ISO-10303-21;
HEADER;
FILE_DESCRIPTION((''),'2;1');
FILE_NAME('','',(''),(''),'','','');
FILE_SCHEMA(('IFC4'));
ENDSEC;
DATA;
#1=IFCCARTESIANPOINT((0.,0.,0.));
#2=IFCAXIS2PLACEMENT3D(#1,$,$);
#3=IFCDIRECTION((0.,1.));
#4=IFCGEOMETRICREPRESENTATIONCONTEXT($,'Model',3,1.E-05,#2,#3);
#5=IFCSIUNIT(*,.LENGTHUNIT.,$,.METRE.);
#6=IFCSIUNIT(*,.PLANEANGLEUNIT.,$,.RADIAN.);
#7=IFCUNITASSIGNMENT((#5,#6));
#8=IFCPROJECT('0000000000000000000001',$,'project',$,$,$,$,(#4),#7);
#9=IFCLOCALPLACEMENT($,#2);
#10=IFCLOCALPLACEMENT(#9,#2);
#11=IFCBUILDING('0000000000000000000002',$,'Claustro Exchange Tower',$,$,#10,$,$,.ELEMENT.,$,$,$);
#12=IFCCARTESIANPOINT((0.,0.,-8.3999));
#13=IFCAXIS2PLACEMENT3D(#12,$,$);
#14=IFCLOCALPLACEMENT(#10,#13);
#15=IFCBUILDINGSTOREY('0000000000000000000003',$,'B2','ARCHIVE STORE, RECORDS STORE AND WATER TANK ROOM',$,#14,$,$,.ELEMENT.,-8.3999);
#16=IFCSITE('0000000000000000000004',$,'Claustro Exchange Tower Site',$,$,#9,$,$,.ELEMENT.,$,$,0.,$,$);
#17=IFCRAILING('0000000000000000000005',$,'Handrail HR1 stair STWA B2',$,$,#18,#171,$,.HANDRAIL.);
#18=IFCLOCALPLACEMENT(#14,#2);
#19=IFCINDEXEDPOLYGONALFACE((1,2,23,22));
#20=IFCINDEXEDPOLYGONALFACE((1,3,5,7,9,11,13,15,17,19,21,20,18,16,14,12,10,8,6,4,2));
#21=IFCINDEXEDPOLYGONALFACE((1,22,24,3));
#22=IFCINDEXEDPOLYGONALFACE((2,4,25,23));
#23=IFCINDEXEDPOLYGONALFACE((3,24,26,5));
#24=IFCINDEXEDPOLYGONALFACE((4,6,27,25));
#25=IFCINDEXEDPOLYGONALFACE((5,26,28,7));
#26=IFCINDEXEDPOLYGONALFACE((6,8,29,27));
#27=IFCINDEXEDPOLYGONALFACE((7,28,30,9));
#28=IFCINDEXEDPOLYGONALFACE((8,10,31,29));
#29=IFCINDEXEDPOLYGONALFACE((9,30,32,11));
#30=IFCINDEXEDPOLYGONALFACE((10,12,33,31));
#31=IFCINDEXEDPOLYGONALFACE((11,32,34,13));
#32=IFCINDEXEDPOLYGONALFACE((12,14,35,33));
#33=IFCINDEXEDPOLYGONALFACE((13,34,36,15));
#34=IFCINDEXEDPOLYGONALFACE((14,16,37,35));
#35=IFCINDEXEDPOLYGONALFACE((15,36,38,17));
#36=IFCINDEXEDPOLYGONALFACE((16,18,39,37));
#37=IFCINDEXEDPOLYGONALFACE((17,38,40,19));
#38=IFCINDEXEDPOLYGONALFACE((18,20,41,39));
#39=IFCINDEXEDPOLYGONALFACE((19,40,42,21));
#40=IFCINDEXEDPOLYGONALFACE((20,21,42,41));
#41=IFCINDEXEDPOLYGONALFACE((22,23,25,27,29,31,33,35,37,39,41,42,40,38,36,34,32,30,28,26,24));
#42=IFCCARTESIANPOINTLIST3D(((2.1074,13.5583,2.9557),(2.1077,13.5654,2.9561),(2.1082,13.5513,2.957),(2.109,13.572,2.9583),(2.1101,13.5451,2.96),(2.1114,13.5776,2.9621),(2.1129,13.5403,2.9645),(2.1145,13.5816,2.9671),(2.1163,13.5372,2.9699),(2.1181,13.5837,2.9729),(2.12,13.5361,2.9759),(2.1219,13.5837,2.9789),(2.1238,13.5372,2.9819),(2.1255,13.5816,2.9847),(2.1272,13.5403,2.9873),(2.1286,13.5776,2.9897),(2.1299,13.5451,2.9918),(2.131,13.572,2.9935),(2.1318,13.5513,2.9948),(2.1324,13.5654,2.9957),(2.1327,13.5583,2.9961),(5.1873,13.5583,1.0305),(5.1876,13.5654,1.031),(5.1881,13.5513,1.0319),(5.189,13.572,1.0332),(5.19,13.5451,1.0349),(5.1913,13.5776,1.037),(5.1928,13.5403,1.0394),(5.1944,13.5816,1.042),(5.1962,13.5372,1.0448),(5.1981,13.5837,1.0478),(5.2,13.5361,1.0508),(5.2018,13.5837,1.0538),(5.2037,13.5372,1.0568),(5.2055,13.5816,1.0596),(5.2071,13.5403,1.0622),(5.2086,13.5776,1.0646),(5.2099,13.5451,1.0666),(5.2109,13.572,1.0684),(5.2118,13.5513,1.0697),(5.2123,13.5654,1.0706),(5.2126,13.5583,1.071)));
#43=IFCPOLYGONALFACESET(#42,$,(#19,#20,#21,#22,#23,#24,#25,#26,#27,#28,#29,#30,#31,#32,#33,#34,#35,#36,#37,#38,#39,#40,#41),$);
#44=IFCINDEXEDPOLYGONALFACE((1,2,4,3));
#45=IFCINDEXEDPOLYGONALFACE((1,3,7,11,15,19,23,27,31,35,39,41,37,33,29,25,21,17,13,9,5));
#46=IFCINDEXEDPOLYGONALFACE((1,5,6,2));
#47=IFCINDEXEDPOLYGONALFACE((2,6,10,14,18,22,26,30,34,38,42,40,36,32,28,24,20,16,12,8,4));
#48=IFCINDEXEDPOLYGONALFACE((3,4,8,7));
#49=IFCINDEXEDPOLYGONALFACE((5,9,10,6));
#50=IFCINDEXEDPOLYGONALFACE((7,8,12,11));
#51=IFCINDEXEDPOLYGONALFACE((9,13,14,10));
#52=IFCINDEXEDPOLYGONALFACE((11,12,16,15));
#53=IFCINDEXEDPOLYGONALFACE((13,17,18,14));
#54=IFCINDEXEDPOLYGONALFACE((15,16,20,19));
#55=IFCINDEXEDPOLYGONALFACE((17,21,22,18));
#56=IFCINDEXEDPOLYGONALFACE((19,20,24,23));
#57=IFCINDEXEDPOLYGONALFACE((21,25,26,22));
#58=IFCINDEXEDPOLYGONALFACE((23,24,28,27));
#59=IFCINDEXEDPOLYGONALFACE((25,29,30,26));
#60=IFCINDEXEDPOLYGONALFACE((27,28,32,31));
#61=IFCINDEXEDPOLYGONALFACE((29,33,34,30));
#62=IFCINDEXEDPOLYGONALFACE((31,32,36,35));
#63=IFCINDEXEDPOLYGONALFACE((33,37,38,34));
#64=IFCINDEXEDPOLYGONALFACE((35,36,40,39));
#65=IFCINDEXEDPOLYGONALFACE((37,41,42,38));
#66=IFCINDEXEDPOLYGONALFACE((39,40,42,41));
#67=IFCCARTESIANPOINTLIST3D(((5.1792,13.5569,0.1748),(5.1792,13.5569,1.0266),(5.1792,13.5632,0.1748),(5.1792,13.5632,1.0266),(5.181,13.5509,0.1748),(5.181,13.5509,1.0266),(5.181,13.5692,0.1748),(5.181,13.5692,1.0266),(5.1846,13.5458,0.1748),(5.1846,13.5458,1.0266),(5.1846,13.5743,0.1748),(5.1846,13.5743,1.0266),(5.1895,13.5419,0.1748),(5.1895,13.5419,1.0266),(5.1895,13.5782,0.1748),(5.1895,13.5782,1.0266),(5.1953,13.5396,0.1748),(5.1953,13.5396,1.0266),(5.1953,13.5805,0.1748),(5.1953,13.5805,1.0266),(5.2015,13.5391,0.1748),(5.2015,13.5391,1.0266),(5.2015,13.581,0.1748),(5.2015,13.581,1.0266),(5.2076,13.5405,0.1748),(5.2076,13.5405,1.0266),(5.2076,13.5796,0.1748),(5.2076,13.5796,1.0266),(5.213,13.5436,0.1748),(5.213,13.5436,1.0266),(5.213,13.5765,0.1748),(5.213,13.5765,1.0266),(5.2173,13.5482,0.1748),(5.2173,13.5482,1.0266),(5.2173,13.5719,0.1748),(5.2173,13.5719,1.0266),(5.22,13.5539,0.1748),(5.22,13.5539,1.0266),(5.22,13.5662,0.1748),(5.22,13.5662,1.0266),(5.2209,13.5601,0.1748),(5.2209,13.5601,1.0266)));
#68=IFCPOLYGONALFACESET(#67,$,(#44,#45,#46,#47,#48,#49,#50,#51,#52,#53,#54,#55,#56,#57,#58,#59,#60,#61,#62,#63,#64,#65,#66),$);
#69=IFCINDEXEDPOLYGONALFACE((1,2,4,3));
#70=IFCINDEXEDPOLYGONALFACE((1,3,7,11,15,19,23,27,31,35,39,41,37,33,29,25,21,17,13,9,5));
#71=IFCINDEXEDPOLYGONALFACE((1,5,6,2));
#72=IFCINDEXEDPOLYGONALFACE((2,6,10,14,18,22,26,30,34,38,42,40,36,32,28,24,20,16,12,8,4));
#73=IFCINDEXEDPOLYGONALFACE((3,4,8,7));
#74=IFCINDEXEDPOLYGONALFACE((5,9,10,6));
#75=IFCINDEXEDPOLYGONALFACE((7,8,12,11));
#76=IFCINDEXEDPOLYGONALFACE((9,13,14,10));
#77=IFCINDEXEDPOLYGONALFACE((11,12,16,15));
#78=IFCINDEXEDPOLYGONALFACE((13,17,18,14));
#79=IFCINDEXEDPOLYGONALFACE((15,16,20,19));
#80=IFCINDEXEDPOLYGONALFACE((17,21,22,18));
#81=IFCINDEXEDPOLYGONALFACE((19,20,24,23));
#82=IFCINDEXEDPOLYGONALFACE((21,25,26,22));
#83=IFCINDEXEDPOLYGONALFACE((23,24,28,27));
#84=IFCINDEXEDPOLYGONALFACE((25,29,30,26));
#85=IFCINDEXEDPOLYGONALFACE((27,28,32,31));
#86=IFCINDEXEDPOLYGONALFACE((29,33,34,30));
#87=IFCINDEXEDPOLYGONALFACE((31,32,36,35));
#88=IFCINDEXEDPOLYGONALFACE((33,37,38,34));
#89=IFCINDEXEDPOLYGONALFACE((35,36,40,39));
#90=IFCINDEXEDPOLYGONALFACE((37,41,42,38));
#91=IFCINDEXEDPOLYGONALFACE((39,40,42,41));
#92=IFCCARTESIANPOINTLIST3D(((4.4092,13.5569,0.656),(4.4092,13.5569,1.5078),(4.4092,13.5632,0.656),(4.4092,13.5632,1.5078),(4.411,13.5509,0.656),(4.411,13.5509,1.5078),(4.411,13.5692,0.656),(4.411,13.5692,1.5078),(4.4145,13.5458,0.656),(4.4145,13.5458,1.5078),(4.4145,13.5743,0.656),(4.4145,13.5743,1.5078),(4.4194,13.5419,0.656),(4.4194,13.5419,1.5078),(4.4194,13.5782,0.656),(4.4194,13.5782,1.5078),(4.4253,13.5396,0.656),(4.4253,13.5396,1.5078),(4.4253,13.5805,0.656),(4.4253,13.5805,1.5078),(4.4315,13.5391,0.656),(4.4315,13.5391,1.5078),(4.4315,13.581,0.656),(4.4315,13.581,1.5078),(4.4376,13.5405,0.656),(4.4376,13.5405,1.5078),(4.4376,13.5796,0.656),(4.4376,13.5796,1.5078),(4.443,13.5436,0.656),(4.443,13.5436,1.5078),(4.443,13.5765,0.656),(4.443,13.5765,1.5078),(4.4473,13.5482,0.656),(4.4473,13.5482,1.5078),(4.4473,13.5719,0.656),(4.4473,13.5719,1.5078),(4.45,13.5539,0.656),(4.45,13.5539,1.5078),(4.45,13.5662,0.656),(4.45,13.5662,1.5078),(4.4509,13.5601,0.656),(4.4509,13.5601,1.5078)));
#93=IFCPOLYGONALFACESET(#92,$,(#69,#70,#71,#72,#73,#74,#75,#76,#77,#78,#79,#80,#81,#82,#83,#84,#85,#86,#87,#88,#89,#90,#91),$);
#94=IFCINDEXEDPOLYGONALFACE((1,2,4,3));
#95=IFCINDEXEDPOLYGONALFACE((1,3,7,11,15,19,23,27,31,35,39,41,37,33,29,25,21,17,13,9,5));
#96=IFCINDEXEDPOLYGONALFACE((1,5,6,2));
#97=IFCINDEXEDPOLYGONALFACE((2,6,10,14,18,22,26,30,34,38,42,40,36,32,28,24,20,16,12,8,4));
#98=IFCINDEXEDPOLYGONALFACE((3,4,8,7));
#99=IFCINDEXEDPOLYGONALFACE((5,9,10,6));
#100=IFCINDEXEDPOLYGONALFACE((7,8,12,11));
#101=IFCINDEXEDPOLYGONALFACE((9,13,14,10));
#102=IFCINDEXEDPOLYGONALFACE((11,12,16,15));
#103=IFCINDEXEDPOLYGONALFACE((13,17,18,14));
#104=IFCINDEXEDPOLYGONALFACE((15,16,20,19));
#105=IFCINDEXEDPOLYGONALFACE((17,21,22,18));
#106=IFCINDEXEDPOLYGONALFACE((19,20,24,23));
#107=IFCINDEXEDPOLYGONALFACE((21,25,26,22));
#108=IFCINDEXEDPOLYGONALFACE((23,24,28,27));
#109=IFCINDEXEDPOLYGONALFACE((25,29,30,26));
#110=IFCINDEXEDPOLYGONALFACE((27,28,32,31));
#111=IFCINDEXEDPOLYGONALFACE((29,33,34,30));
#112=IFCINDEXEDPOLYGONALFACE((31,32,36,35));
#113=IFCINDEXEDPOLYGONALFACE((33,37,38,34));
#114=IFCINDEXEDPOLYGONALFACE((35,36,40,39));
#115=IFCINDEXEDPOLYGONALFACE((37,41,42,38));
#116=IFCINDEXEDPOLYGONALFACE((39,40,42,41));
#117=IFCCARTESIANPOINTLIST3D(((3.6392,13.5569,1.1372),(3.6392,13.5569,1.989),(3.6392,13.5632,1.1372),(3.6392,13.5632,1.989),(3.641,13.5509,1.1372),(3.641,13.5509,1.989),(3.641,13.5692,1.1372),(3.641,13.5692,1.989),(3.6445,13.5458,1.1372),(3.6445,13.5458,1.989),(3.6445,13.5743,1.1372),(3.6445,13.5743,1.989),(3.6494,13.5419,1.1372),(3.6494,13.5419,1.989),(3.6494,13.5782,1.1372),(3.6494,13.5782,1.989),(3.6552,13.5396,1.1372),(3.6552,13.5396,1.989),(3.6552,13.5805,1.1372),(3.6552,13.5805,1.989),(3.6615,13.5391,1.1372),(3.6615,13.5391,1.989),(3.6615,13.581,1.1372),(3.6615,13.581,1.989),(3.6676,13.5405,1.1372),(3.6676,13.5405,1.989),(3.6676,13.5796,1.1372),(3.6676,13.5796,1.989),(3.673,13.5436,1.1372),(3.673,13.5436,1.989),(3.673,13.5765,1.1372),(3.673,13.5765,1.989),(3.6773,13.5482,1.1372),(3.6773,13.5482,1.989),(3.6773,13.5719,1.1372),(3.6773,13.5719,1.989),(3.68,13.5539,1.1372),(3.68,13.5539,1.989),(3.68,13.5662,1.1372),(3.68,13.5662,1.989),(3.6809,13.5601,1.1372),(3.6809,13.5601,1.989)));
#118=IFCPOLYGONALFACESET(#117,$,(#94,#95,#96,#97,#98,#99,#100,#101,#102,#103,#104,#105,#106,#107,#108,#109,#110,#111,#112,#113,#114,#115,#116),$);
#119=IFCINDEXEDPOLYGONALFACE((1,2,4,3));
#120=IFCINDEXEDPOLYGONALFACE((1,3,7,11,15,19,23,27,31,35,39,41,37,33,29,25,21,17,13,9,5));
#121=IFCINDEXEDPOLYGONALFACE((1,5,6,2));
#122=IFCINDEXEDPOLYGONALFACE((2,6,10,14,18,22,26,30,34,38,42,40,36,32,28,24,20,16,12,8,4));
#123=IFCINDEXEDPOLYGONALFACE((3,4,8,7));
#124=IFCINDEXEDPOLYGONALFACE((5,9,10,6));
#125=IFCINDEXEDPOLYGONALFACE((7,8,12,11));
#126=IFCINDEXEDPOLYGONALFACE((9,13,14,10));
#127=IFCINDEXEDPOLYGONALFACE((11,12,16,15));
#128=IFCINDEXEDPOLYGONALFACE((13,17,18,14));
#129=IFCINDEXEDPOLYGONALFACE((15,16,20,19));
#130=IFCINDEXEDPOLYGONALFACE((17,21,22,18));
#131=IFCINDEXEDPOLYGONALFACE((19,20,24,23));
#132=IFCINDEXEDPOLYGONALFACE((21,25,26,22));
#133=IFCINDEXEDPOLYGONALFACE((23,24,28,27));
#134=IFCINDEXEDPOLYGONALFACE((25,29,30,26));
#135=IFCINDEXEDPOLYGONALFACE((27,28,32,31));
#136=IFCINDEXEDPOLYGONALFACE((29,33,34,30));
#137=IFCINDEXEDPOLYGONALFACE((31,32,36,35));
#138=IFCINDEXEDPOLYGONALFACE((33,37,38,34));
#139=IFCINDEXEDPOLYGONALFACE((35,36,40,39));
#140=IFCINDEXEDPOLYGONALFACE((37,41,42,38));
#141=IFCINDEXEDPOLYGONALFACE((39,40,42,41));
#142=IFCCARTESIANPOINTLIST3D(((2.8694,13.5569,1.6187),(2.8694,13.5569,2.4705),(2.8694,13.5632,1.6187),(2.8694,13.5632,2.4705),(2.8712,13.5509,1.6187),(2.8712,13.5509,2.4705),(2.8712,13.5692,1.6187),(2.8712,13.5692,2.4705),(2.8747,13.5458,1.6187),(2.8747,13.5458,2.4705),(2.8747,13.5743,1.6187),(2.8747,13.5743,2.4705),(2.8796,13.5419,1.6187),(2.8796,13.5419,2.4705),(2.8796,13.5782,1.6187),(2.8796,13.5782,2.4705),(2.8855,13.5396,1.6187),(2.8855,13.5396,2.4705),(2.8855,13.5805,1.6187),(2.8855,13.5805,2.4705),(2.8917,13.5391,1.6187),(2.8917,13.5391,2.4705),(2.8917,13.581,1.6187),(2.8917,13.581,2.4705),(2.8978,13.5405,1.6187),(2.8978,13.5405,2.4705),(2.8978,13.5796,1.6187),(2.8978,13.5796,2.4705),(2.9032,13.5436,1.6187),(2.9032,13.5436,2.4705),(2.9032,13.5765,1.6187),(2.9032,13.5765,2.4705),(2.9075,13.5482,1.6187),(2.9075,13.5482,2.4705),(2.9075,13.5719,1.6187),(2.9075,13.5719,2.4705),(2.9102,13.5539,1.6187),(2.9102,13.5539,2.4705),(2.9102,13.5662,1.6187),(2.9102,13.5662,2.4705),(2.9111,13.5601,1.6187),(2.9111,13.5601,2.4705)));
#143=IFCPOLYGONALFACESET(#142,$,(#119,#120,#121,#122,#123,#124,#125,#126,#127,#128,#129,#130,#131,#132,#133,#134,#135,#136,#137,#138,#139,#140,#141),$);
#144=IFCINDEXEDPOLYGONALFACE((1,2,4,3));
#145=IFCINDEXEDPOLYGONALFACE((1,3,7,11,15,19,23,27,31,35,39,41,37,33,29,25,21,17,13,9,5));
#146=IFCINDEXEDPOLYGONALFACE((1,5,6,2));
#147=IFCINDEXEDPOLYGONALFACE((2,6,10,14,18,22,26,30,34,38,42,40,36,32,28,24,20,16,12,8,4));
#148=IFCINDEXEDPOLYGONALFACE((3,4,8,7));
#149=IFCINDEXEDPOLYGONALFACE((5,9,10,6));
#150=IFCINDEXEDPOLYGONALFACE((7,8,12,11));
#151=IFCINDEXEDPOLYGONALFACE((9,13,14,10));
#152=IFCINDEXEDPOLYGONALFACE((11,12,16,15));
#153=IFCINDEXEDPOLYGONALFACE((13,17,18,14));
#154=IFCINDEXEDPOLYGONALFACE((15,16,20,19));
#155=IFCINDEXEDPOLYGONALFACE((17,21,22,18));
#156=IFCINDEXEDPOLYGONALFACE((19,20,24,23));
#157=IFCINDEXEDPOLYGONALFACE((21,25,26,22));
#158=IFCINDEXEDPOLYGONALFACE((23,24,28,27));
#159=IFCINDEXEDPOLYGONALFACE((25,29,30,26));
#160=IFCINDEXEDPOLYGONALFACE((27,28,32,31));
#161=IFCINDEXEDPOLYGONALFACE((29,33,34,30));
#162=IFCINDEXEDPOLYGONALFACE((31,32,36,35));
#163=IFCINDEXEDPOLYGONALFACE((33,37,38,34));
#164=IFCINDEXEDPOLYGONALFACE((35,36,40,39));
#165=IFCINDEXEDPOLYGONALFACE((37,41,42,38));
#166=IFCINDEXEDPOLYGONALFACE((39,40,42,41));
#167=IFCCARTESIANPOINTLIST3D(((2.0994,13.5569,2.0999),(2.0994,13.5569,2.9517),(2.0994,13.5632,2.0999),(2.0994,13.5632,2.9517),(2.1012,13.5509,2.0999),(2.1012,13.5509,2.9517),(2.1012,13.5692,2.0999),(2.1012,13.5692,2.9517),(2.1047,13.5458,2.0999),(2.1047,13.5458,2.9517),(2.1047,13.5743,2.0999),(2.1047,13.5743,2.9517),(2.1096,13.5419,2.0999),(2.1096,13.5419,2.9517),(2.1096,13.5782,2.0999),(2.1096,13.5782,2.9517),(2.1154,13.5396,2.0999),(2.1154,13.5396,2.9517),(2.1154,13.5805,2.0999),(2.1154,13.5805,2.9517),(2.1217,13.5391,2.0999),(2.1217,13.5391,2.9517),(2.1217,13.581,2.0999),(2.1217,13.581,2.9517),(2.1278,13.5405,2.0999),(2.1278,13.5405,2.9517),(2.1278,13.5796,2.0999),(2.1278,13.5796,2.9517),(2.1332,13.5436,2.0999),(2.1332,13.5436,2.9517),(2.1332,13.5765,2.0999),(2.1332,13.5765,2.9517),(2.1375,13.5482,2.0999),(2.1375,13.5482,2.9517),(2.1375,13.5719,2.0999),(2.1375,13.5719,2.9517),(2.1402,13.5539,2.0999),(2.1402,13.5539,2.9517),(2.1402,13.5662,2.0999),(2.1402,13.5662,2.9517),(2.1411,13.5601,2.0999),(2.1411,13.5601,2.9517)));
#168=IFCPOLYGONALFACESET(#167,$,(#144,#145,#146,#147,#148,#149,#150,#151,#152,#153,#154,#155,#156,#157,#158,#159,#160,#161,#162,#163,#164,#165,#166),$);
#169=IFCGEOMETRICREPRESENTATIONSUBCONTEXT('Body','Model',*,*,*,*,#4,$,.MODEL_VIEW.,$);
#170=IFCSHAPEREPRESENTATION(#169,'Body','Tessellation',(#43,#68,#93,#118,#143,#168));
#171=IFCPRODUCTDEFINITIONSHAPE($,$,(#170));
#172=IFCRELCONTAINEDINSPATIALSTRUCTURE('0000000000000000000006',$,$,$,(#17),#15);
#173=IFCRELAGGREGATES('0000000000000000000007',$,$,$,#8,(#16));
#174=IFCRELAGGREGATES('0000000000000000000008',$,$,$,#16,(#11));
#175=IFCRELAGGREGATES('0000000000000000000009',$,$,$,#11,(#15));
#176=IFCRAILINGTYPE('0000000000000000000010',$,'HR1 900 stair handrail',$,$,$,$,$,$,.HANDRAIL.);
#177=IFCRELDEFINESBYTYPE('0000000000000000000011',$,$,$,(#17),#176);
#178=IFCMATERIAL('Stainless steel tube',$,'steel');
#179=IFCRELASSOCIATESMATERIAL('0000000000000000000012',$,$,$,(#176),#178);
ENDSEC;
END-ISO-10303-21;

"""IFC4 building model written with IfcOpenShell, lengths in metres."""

from ifc_helpers import new_model, si_unit, direction, frame, origin, origin_2d, place, context, subcontext, project, spatial, circle, extrude, material, type_object, element, save


model = new_model("IFC4")

# Units and contexts
model_context = context("Model", 3, precision=1e-05, world=origin(), true_north=direction((0.0, 1.0)))
body_context = subcontext(model_context, "Body", "Model", "MODEL_VIEW")
ifc_project = project(units=[si_unit("LENGTHUNIT", "METRE"), si_unit("PLANEANGLEUNIT", "RADIAN")], contexts=[model_context])

# Site, building, storey
site_placement = place(None, origin())
site = spatial("IfcSite", under=ifc_project, at=site_placement, Name="Claustro Exchange Tower Site", CompositionType="ELEMENT", RefElevation=0.0)
building_placement = place(site_placement, origin())
building = spatial("IfcBuilding", under=site, at=building_placement, Name="Claustro Exchange Tower", CompositionType="ELEMENT")
storey_placement = place(building_placement, frame((0.0, 0.0, -8.3999)))
storey = spatial("IfcBuildingStorey", under=building, at=storey_placement, Name="B2", Description="ARCHIVE STORE, RECORDS STORE AND WATER TANK ROOM", CompositionType="ELEMENT", Elevation=-8.3999)

# Railing
ifc_material_1 = material(Name="Stainless steel tube", Category="steel")
railing_type_1 = type_object("IfcRailingType", Name="HR1 900 stair handrail", PredefinedType="HANDRAIL", material=ifc_material_1)
railing_1_placement = place(storey_placement, frame((5.2, 13.5601, 0.1748)))
element("IfcRailing", 1, at=railing_1_placement, inside=storey, type_object=railing_type_1, Name="Handrail HR1 stair STWA B2", PredefinedType="HANDRAIL", context=body_context, shape_type="SweptSolid", body=[
    extrude(circle(Radius=0.0239, at=origin_2d()), frame((0.0, 0.0, 0.876), z_axis=(-0.847979, 0.0, 0.530029), x_axis=(0.0, -1.0, 0.0)), (0.0, 0.0, 1.0), 3.6321),
    extrude(circle(Radius=0.021, at=origin_2d()), origin(), (0.0, 0.0, 1.0), 0.8518),
    extrude(circle(Radius=0.021, at=origin_2d()), frame((-0.77, 0.0, 0.4812)), (0.0, 0.0, 1.0), 0.8518),
    extrude(circle(Radius=0.021, at=origin_2d()), frame((-1.54, 0.0, 0.9624)), (0.0, 0.0, 1.0), 0.8518),
    extrude(circle(Radius=0.021, at=origin_2d()), frame((-2.3098, 0.0, 1.4438)), (0.0, 0.0, 1.0), 0.8518),
    extrude(circle(Radius=0.021, at=origin_2d()), frame((-3.0798, 0.0, 1.925)), (0.0, 0.0, 1.0), 0.8518),
])

save(model, "model.ifc")
